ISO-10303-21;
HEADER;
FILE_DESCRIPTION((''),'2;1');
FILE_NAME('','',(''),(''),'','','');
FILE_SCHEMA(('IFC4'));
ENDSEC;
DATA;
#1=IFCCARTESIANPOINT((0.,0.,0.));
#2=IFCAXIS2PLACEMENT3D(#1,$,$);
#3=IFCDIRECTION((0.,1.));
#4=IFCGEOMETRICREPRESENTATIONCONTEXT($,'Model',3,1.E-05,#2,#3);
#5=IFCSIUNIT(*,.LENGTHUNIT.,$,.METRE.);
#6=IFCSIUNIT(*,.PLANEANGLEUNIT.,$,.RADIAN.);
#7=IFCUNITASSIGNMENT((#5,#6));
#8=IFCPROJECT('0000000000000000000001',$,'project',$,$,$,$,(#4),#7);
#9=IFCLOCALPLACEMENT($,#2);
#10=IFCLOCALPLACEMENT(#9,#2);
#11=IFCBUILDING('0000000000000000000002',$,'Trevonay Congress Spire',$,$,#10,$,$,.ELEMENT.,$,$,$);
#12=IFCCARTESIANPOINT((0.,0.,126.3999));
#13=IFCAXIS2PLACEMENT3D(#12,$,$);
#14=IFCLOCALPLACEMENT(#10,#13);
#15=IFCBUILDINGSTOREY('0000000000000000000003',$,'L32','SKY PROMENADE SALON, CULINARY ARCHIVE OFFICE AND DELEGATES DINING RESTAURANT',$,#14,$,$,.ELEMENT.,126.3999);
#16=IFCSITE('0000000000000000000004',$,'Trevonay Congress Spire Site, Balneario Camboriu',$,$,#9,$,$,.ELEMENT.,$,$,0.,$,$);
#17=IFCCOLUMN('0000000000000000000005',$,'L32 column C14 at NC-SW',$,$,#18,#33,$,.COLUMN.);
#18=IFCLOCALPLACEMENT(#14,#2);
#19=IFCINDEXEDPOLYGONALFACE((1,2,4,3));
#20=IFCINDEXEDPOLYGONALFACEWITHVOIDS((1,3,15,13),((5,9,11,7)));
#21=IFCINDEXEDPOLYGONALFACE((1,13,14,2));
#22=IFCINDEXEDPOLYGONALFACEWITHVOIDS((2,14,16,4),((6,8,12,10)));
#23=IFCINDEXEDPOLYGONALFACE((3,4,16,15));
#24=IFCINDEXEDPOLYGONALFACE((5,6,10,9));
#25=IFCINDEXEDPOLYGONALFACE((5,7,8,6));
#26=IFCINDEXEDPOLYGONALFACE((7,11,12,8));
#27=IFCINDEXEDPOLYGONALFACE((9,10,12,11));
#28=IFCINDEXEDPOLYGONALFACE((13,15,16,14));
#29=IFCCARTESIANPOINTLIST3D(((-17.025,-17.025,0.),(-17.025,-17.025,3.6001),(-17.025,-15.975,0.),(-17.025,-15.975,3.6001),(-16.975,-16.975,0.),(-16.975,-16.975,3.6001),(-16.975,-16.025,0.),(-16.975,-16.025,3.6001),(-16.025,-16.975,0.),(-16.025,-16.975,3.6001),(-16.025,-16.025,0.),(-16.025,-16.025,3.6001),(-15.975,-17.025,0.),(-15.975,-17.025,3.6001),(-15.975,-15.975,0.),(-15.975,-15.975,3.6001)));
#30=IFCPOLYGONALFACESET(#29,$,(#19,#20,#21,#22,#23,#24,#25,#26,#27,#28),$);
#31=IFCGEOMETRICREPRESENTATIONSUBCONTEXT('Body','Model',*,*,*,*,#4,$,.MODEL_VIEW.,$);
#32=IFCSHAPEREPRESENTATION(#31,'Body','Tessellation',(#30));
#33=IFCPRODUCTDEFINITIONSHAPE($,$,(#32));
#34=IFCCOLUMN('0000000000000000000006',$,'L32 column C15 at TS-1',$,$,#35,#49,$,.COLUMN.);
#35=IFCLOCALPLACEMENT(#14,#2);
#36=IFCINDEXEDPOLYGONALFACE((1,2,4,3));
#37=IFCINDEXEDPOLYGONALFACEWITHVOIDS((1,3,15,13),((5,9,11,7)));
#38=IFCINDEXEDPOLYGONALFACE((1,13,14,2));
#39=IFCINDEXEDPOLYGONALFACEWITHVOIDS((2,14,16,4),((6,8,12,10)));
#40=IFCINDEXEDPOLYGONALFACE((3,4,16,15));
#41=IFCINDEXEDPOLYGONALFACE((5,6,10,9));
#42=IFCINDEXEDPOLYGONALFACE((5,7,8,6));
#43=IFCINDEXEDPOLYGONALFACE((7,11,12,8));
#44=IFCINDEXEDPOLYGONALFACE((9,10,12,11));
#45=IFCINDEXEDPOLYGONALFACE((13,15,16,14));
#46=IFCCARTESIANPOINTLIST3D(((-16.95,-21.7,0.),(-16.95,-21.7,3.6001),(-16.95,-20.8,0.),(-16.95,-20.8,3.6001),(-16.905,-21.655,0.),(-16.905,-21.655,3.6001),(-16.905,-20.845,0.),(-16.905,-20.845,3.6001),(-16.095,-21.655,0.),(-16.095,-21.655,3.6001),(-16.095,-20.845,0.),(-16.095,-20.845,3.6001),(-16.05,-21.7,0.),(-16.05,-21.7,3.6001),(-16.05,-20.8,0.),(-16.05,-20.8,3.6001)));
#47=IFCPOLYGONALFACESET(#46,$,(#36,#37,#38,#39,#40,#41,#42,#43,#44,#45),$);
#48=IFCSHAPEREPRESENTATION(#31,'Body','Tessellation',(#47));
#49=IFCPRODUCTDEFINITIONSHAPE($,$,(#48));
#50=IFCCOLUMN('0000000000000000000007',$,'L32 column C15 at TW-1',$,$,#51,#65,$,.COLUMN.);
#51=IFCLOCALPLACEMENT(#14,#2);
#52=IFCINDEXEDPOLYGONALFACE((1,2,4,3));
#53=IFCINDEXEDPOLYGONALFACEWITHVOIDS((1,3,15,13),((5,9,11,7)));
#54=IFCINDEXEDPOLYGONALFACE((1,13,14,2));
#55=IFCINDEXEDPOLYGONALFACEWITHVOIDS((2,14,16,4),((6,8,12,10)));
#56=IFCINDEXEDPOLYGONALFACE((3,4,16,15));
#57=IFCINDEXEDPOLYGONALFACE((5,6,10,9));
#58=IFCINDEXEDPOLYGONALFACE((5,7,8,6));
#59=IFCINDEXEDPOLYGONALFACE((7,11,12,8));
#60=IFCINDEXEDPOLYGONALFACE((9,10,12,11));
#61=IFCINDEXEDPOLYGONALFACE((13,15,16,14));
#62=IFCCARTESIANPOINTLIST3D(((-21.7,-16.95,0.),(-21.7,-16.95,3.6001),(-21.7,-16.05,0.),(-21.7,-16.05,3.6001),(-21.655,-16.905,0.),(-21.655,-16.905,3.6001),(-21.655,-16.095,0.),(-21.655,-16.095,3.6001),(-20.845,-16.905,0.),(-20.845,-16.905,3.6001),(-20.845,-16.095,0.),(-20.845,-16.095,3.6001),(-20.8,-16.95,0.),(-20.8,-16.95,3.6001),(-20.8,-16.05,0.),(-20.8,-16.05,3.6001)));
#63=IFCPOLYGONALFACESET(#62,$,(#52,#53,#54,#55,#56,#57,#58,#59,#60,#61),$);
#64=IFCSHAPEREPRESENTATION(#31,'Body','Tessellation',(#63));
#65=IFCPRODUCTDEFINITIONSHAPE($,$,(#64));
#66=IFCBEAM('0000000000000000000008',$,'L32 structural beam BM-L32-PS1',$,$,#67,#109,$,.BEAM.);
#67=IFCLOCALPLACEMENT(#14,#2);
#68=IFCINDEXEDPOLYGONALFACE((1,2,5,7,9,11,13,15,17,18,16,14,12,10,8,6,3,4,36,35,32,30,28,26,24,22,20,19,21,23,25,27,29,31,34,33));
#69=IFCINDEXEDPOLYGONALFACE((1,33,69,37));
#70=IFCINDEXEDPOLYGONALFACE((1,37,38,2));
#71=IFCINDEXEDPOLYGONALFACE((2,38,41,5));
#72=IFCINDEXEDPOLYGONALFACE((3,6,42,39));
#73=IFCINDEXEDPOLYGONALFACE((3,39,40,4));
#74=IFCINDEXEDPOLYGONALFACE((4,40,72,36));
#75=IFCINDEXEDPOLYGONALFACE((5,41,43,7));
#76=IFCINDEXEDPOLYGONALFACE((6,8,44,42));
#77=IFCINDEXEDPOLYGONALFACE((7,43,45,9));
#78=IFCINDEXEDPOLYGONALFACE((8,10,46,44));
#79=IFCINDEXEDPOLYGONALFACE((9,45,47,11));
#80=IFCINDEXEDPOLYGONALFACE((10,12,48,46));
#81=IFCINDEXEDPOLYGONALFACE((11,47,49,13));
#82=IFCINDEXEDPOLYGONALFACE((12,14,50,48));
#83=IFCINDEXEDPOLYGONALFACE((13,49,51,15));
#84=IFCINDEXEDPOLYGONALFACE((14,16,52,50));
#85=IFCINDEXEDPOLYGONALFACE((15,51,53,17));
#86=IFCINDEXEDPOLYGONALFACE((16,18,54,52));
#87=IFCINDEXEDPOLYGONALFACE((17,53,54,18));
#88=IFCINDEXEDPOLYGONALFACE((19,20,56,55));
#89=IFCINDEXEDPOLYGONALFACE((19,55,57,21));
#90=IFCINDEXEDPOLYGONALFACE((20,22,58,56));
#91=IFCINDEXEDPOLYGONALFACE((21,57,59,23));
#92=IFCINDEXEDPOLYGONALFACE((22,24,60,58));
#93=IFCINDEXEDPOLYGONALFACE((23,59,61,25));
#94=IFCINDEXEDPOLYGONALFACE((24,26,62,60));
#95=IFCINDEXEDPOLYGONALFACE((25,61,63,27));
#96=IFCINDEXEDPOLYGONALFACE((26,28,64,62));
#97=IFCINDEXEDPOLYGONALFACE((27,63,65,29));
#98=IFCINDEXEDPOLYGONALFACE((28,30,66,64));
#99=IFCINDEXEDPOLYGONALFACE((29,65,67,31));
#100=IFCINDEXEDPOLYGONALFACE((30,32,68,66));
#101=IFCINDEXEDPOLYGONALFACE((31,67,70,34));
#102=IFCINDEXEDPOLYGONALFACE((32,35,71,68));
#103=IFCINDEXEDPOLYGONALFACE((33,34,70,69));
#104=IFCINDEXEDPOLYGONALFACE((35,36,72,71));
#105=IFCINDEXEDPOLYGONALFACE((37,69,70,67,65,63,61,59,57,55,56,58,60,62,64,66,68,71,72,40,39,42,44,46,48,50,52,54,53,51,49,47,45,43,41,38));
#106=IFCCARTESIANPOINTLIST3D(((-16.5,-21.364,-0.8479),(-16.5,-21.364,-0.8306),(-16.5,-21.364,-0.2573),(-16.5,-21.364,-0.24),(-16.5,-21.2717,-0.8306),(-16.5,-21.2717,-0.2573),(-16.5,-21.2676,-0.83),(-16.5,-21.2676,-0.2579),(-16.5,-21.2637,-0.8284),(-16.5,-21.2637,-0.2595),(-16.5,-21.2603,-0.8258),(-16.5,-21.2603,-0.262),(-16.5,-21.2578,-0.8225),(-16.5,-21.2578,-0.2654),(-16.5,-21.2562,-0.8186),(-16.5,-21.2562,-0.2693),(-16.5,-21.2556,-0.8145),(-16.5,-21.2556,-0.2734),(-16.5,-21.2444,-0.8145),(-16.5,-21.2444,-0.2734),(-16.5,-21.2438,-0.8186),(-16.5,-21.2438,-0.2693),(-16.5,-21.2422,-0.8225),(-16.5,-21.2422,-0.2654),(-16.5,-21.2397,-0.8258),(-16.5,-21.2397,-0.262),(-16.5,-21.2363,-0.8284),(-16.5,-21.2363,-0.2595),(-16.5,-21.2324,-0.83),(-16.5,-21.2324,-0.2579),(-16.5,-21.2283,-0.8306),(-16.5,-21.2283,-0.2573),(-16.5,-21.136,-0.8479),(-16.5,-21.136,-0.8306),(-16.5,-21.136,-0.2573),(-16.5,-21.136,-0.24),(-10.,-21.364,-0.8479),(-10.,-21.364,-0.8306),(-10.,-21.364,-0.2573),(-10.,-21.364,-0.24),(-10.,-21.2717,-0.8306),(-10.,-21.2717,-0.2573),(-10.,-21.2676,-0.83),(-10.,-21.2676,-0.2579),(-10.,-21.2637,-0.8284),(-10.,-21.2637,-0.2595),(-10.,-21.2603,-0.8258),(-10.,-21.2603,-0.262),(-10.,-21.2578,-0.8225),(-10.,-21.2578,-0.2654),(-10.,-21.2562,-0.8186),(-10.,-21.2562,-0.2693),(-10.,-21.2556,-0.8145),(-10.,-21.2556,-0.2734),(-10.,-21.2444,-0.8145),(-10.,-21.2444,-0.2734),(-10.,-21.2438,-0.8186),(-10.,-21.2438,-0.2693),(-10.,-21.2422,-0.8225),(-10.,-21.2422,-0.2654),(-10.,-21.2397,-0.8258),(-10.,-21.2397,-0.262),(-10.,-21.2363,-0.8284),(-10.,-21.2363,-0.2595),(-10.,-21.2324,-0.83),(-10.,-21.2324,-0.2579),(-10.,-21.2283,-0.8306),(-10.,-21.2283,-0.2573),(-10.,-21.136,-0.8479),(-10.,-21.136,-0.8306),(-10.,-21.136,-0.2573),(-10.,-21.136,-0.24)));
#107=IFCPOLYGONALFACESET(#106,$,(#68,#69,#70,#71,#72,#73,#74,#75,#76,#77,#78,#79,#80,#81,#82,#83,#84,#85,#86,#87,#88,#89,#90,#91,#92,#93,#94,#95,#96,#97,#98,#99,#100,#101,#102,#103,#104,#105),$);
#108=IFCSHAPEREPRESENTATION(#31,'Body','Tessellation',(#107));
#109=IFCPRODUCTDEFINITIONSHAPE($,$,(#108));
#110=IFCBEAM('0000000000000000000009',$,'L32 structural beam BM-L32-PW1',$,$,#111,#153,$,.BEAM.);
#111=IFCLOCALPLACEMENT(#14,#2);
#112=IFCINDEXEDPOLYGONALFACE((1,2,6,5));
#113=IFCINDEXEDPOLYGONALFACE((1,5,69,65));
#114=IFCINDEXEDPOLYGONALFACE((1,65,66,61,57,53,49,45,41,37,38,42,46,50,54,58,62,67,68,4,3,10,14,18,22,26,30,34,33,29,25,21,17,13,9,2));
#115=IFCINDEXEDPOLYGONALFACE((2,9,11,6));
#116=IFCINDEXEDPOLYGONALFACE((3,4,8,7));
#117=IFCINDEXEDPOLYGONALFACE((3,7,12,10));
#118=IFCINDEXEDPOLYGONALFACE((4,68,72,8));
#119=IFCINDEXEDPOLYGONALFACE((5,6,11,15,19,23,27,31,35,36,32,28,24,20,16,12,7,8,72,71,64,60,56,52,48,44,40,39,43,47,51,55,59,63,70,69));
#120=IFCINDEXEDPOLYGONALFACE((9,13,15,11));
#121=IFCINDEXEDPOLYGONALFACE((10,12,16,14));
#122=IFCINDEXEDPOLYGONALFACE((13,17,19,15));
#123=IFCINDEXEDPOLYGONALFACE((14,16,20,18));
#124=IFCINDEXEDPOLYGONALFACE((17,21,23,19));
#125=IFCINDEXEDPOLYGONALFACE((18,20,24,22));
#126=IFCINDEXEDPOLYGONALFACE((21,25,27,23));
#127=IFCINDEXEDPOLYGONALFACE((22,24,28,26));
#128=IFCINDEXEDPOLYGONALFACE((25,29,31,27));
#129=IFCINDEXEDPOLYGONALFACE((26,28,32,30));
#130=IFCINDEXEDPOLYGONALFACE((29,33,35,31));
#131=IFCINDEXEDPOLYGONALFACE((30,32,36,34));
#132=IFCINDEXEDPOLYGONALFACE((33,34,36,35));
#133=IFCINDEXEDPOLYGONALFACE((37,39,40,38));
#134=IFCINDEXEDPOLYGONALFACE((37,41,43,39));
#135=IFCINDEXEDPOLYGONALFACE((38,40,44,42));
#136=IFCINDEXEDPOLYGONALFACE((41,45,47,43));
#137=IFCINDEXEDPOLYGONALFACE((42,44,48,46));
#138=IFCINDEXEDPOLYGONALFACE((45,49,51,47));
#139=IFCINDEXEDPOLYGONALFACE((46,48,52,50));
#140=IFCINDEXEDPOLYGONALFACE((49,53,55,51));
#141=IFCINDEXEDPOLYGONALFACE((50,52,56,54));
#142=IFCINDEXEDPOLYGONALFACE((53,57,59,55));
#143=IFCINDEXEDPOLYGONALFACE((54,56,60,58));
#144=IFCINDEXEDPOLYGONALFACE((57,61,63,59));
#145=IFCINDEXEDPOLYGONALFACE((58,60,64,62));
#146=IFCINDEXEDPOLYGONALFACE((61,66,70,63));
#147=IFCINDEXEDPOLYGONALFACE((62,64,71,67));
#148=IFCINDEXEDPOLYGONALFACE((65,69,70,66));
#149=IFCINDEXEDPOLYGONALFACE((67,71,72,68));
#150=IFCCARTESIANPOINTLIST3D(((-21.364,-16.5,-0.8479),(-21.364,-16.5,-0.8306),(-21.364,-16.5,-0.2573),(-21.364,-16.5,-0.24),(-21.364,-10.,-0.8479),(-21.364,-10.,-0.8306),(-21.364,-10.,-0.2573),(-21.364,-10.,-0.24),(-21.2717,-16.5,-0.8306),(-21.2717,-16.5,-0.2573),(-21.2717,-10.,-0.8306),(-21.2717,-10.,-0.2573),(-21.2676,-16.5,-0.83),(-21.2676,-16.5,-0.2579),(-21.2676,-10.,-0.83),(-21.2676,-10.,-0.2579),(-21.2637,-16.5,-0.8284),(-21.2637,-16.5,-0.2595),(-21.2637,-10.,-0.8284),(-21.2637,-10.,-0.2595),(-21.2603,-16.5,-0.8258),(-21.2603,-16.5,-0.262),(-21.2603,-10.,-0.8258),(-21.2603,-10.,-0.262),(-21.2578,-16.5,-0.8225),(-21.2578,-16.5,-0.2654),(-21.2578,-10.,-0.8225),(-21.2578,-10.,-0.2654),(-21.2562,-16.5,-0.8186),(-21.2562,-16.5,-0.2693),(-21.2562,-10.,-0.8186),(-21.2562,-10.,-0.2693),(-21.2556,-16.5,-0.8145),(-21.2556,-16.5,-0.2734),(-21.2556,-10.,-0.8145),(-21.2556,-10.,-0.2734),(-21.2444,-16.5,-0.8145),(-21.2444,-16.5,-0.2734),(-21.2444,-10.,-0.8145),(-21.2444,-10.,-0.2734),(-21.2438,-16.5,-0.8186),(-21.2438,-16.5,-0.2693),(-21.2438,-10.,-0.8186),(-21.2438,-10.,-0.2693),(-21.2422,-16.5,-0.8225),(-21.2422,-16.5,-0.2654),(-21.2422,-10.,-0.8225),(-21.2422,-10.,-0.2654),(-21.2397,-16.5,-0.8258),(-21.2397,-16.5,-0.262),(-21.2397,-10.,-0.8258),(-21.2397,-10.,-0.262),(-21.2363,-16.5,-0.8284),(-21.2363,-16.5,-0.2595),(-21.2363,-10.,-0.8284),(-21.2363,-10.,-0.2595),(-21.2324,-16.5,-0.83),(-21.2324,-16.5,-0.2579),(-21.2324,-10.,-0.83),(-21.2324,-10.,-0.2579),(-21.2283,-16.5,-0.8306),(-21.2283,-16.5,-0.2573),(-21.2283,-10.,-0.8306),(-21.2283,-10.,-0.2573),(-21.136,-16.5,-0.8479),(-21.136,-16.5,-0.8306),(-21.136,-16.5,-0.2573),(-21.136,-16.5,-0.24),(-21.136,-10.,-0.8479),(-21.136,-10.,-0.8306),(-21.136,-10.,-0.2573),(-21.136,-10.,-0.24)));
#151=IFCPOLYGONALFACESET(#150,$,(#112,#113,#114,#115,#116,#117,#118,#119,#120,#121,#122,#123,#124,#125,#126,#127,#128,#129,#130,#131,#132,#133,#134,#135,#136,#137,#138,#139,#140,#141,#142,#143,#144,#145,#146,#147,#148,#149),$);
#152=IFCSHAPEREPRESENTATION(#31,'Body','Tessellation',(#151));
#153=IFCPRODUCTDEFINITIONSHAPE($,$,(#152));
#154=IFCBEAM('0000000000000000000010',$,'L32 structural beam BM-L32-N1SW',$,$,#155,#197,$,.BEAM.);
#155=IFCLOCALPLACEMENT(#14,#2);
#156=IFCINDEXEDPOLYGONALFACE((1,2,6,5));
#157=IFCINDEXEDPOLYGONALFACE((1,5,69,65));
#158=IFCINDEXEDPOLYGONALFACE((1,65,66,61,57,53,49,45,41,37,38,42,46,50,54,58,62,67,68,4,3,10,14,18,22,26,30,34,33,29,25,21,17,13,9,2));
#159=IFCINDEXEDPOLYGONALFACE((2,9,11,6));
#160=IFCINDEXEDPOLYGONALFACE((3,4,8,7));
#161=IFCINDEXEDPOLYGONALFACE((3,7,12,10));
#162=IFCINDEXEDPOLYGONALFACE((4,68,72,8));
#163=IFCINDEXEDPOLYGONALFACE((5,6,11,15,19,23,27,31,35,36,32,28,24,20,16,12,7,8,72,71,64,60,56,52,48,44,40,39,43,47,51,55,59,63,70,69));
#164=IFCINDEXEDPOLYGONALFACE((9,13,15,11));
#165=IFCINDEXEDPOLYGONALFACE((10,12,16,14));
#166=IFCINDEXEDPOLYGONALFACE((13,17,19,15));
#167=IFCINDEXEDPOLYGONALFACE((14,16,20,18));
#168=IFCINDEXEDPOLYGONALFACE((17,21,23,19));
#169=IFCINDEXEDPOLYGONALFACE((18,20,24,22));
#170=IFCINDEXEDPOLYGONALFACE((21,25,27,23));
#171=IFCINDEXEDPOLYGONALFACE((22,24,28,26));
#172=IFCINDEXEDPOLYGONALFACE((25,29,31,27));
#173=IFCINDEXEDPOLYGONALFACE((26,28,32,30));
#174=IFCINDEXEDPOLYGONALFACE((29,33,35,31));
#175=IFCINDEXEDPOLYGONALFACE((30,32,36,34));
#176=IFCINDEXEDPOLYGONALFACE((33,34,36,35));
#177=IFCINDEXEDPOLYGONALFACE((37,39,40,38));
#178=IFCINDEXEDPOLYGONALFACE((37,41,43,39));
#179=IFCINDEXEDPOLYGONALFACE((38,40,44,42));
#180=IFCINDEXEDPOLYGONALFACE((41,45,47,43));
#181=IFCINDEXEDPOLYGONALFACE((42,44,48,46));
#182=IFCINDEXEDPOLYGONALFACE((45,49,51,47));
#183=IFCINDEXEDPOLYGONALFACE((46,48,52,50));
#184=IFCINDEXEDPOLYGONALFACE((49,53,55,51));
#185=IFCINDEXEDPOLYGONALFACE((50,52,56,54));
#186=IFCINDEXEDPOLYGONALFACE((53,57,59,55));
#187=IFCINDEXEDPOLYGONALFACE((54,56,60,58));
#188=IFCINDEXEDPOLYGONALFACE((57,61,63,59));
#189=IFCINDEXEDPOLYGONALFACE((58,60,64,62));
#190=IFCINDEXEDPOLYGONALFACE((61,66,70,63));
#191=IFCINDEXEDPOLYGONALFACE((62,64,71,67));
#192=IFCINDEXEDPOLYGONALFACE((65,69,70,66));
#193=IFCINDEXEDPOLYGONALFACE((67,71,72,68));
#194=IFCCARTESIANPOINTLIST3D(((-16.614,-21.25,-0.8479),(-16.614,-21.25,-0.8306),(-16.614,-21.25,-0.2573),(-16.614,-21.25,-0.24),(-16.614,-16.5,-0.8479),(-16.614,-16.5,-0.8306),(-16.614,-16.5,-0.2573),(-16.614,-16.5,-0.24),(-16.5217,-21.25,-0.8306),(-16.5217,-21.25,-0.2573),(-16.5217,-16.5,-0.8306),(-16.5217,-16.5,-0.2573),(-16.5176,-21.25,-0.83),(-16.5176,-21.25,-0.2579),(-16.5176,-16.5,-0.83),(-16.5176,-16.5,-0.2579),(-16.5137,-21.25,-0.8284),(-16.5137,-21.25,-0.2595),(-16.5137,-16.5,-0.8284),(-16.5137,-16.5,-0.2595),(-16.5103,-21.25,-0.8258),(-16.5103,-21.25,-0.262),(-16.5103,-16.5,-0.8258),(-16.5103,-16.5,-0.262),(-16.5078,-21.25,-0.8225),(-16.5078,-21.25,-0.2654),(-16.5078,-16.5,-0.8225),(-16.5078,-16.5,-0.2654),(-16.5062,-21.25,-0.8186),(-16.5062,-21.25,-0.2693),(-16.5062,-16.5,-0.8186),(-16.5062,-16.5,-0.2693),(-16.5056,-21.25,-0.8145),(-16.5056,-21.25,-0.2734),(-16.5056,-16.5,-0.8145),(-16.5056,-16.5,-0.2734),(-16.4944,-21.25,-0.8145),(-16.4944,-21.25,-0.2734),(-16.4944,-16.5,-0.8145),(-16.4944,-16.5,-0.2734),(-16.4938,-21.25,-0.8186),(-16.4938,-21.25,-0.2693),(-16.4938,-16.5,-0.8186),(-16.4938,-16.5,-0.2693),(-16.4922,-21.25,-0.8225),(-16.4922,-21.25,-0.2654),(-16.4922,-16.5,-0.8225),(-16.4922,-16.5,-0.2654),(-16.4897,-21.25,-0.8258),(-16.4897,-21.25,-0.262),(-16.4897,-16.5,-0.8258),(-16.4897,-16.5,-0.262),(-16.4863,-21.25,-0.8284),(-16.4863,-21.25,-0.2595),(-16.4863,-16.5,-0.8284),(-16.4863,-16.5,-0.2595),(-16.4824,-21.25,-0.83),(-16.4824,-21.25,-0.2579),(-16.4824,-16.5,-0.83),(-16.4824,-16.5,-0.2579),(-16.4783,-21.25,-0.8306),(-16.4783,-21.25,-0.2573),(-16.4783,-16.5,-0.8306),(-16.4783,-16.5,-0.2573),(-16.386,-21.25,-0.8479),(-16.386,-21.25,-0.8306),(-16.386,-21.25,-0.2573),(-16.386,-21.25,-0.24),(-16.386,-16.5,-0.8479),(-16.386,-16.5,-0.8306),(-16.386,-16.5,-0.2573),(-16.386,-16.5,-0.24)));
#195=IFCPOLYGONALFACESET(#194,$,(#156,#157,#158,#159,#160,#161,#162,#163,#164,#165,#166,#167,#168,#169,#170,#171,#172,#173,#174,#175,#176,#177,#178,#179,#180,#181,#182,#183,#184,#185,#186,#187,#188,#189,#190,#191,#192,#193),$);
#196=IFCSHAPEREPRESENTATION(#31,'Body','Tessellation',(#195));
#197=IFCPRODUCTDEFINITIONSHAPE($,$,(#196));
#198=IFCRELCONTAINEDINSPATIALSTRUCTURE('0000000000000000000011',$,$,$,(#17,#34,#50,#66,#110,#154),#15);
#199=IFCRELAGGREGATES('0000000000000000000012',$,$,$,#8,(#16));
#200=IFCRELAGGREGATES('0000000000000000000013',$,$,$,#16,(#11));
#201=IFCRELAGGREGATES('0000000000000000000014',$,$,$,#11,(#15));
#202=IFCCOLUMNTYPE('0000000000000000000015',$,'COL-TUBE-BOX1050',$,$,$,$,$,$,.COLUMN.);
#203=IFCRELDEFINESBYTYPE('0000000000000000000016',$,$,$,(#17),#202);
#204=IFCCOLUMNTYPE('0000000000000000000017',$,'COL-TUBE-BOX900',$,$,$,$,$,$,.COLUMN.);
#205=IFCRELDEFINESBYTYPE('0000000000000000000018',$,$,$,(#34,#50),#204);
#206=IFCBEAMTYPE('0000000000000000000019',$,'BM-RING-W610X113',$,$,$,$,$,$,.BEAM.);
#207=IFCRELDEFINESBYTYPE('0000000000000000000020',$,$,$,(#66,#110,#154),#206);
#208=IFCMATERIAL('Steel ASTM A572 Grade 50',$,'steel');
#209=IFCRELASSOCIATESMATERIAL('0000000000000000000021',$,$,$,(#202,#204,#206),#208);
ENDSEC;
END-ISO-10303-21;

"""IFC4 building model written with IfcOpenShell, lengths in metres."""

from ifc_helpers import new_model, si_unit, direction, frame, origin, origin_2d, place, context, subcontext, project, spatial, hollow_rectangle, i_section, extrude, material, material_profile, profile_set, type_object, element, save


model = new_model("IFC4")

# Units and contexts
model_context = context("Model", 3, precision=1e-05, world=origin(), true_north=direction((0.0, 1.0)))
body_context = subcontext(model_context, "Body", "Model", "MODEL_VIEW")
ifc_project = project(units=[si_unit("LENGTHUNIT", "METRE"), si_unit("PLANEANGLEUNIT", "RADIAN")], contexts=[model_context])

# Site, building, storey
site_placement = place(None, origin())
site = spatial("IfcSite", under=ifc_project, at=site_placement, Name="Trevonay Congress Spire Site, Balneario Camboriu", CompositionType="ELEMENT", RefElevation=0.0)
building_placement = place(site_placement, origin())
building = spatial("IfcBuilding", under=site, at=building_placement, Name="Trevonay Congress Spire", CompositionType="ELEMENT")
storey_placement = place(building_placement, frame((0.0, 0.0, 126.3999)))
storey = spatial("IfcBuildingStorey", under=building, at=storey_placement, Name="L32", Description="SKY PROMENADE SALON, CULINARY ARCHIVE OFFICE AND DELEGATES DINING RESTAURANT", CompositionType="ELEMENT", Elevation=126.3999)

# Columns
ifc_material_1 = material(Name="Steel ASTM A572 Grade 50", Category="steel")
ifc_material_profile_1 = material_profile(ifc_material_1, hollow_rectangle(XDim=1.05, YDim=1.05, WallThickness=0.05, at=origin_2d()), Name="BOX 1050x1050x50")
ifc_profile_set_1 = profile_set([ifc_material_profile_1], Name="Steel ASTM A572 Grade 50")
column_type_1 = type_object("IfcColumnType", Name="COL-TUBE-BOX1050", PredefinedType="COLUMN", material=ifc_profile_set_1)
column_placement = place(storey_placement, frame((-16.5, -16.5, 0.0), z_axis=(0.0, 0.0, 1.0), x_axis=(1.0, 0.0, 0.0)))
element("IfcColumn", 1, at=column_placement, inside=storey, type_object=column_type_1, Name="L32 column C14 at NC-SW", PredefinedType="COLUMN", context=body_context, shape_type="SweptSolid", body=[
    extrude(hollow_rectangle(XDim=1.05, YDim=1.05, WallThickness=0.05, at=origin_2d()), origin(), (0.0, 0.0, 1.0), 3.6001),
])
ifc_material_profile_2 = material_profile(ifc_material_1, hollow_rectangle(XDim=0.8999, YDim=0.8999, WallThickness=0.0449, at=origin_2d()), Name="BOX 900x900x45")
ifc_profile_set_2 = profile_set([ifc_material_profile_2], Name="Steel ASTM A572 Grade 50")
column_type_2 = type_object("IfcColumnType", Name="COL-TUBE-BOX900", PredefinedType="COLUMN", material=ifc_profile_set_2)
for number, where, z_axis, x_axis, name in (
    (2, (-16.5, -21.25, 0.0), (0.0, 0.0, 1.0), (1.0, 0.0, 0.0), "L32 column C15 at TS-1"),
    (3, (-21.25, -16.5, 0.0), (0.0, 0.0, 1.0), (1.0, 0.0, 0.0), "L32 column C15 at TW-1"),
):
    element("IfcColumn", number, at=place(storey_placement, frame(where, z_axis=z_axis, x_axis=x_axis)), inside=storey, type_object=column_type_2, Name=name, PredefinedType="COLUMN", context=body_context, shape_type="SweptSolid", body=[
        extrude(hollow_rectangle(XDim=0.8999, YDim=0.8999, WallThickness=0.0449, at=origin_2d()), origin(), (0.0, 0.0, 1.0), 3.6001),
    ])

# Beams
ifc_material_profile_3 = material_profile(ifc_material_1, i_section(OverallWidth=0.228, OverallDepth=0.6079, WebThickness=0.0112, FlangeThickness=0.0173, FilletRadius=0.0161, at=origin_2d()), Name="W610x113")
ifc_profile_set_3 = profile_set([ifc_material_profile_3], Name="Steel ASTM A572 Grade 50")
beam_type_1 = type_object("IfcBeamType", Name="BM-RING-W610X113", PredefinedType="BEAM", material=ifc_profile_set_3)
for number, where, z_axis, x_axis, name in (
    (4, (-16.5, -21.25, -0.5439), (1.0, 0.0, 0.0), (0.0, 1.0, 0.0), "L32 structural beam BM-L32-PS1"),
    (5, (-21.25, -16.5, -0.5439), (0.0, 1.0, 0.0), (-1.0, 0.0, 0.0), "L32 structural beam BM-L32-PW1"),
):
    element("IfcBeam", number, at=place(storey_placement, frame(where, z_axis=z_axis, x_axis=x_axis)), inside=storey, type_object=beam_type_1, Name=name, PredefinedType="BEAM", context=body_context, shape_type="SweptSolid", body=[
        extrude(i_section(OverallWidth=0.228, OverallDepth=0.6079, WebThickness=0.0112, FlangeThickness=0.0173, FilletRadius=0.0161, at=origin_2d()), origin(), (0.0, 0.0, 1.0), 6.5),
    ])
for number, where, z_axis, x_axis, name in (
    (6, (-16.5, -21.25, -0.5439), (0.0, 1.0, 0.0), (-1.0, 0.0, 0.0), "L32 structural beam BM-L32-N1SW"),
):
    element("IfcBeam", number, at=place(storey_placement, frame(where, z_axis=z_axis, x_axis=x_axis)), inside=storey, type_object=beam_type_1, Name=name, PredefinedType="BEAM", context=body_context, shape_type="SweptSolid", body=[
        extrude(i_section(OverallWidth=0.228, OverallDepth=0.6079, WebThickness=0.0112, FlangeThickness=0.0173, FilletRadius=0.0161, at=origin_2d()), origin(), (0.0, 0.0, 1.0), 4.75),
    ])

save(model, "model.ifc")
